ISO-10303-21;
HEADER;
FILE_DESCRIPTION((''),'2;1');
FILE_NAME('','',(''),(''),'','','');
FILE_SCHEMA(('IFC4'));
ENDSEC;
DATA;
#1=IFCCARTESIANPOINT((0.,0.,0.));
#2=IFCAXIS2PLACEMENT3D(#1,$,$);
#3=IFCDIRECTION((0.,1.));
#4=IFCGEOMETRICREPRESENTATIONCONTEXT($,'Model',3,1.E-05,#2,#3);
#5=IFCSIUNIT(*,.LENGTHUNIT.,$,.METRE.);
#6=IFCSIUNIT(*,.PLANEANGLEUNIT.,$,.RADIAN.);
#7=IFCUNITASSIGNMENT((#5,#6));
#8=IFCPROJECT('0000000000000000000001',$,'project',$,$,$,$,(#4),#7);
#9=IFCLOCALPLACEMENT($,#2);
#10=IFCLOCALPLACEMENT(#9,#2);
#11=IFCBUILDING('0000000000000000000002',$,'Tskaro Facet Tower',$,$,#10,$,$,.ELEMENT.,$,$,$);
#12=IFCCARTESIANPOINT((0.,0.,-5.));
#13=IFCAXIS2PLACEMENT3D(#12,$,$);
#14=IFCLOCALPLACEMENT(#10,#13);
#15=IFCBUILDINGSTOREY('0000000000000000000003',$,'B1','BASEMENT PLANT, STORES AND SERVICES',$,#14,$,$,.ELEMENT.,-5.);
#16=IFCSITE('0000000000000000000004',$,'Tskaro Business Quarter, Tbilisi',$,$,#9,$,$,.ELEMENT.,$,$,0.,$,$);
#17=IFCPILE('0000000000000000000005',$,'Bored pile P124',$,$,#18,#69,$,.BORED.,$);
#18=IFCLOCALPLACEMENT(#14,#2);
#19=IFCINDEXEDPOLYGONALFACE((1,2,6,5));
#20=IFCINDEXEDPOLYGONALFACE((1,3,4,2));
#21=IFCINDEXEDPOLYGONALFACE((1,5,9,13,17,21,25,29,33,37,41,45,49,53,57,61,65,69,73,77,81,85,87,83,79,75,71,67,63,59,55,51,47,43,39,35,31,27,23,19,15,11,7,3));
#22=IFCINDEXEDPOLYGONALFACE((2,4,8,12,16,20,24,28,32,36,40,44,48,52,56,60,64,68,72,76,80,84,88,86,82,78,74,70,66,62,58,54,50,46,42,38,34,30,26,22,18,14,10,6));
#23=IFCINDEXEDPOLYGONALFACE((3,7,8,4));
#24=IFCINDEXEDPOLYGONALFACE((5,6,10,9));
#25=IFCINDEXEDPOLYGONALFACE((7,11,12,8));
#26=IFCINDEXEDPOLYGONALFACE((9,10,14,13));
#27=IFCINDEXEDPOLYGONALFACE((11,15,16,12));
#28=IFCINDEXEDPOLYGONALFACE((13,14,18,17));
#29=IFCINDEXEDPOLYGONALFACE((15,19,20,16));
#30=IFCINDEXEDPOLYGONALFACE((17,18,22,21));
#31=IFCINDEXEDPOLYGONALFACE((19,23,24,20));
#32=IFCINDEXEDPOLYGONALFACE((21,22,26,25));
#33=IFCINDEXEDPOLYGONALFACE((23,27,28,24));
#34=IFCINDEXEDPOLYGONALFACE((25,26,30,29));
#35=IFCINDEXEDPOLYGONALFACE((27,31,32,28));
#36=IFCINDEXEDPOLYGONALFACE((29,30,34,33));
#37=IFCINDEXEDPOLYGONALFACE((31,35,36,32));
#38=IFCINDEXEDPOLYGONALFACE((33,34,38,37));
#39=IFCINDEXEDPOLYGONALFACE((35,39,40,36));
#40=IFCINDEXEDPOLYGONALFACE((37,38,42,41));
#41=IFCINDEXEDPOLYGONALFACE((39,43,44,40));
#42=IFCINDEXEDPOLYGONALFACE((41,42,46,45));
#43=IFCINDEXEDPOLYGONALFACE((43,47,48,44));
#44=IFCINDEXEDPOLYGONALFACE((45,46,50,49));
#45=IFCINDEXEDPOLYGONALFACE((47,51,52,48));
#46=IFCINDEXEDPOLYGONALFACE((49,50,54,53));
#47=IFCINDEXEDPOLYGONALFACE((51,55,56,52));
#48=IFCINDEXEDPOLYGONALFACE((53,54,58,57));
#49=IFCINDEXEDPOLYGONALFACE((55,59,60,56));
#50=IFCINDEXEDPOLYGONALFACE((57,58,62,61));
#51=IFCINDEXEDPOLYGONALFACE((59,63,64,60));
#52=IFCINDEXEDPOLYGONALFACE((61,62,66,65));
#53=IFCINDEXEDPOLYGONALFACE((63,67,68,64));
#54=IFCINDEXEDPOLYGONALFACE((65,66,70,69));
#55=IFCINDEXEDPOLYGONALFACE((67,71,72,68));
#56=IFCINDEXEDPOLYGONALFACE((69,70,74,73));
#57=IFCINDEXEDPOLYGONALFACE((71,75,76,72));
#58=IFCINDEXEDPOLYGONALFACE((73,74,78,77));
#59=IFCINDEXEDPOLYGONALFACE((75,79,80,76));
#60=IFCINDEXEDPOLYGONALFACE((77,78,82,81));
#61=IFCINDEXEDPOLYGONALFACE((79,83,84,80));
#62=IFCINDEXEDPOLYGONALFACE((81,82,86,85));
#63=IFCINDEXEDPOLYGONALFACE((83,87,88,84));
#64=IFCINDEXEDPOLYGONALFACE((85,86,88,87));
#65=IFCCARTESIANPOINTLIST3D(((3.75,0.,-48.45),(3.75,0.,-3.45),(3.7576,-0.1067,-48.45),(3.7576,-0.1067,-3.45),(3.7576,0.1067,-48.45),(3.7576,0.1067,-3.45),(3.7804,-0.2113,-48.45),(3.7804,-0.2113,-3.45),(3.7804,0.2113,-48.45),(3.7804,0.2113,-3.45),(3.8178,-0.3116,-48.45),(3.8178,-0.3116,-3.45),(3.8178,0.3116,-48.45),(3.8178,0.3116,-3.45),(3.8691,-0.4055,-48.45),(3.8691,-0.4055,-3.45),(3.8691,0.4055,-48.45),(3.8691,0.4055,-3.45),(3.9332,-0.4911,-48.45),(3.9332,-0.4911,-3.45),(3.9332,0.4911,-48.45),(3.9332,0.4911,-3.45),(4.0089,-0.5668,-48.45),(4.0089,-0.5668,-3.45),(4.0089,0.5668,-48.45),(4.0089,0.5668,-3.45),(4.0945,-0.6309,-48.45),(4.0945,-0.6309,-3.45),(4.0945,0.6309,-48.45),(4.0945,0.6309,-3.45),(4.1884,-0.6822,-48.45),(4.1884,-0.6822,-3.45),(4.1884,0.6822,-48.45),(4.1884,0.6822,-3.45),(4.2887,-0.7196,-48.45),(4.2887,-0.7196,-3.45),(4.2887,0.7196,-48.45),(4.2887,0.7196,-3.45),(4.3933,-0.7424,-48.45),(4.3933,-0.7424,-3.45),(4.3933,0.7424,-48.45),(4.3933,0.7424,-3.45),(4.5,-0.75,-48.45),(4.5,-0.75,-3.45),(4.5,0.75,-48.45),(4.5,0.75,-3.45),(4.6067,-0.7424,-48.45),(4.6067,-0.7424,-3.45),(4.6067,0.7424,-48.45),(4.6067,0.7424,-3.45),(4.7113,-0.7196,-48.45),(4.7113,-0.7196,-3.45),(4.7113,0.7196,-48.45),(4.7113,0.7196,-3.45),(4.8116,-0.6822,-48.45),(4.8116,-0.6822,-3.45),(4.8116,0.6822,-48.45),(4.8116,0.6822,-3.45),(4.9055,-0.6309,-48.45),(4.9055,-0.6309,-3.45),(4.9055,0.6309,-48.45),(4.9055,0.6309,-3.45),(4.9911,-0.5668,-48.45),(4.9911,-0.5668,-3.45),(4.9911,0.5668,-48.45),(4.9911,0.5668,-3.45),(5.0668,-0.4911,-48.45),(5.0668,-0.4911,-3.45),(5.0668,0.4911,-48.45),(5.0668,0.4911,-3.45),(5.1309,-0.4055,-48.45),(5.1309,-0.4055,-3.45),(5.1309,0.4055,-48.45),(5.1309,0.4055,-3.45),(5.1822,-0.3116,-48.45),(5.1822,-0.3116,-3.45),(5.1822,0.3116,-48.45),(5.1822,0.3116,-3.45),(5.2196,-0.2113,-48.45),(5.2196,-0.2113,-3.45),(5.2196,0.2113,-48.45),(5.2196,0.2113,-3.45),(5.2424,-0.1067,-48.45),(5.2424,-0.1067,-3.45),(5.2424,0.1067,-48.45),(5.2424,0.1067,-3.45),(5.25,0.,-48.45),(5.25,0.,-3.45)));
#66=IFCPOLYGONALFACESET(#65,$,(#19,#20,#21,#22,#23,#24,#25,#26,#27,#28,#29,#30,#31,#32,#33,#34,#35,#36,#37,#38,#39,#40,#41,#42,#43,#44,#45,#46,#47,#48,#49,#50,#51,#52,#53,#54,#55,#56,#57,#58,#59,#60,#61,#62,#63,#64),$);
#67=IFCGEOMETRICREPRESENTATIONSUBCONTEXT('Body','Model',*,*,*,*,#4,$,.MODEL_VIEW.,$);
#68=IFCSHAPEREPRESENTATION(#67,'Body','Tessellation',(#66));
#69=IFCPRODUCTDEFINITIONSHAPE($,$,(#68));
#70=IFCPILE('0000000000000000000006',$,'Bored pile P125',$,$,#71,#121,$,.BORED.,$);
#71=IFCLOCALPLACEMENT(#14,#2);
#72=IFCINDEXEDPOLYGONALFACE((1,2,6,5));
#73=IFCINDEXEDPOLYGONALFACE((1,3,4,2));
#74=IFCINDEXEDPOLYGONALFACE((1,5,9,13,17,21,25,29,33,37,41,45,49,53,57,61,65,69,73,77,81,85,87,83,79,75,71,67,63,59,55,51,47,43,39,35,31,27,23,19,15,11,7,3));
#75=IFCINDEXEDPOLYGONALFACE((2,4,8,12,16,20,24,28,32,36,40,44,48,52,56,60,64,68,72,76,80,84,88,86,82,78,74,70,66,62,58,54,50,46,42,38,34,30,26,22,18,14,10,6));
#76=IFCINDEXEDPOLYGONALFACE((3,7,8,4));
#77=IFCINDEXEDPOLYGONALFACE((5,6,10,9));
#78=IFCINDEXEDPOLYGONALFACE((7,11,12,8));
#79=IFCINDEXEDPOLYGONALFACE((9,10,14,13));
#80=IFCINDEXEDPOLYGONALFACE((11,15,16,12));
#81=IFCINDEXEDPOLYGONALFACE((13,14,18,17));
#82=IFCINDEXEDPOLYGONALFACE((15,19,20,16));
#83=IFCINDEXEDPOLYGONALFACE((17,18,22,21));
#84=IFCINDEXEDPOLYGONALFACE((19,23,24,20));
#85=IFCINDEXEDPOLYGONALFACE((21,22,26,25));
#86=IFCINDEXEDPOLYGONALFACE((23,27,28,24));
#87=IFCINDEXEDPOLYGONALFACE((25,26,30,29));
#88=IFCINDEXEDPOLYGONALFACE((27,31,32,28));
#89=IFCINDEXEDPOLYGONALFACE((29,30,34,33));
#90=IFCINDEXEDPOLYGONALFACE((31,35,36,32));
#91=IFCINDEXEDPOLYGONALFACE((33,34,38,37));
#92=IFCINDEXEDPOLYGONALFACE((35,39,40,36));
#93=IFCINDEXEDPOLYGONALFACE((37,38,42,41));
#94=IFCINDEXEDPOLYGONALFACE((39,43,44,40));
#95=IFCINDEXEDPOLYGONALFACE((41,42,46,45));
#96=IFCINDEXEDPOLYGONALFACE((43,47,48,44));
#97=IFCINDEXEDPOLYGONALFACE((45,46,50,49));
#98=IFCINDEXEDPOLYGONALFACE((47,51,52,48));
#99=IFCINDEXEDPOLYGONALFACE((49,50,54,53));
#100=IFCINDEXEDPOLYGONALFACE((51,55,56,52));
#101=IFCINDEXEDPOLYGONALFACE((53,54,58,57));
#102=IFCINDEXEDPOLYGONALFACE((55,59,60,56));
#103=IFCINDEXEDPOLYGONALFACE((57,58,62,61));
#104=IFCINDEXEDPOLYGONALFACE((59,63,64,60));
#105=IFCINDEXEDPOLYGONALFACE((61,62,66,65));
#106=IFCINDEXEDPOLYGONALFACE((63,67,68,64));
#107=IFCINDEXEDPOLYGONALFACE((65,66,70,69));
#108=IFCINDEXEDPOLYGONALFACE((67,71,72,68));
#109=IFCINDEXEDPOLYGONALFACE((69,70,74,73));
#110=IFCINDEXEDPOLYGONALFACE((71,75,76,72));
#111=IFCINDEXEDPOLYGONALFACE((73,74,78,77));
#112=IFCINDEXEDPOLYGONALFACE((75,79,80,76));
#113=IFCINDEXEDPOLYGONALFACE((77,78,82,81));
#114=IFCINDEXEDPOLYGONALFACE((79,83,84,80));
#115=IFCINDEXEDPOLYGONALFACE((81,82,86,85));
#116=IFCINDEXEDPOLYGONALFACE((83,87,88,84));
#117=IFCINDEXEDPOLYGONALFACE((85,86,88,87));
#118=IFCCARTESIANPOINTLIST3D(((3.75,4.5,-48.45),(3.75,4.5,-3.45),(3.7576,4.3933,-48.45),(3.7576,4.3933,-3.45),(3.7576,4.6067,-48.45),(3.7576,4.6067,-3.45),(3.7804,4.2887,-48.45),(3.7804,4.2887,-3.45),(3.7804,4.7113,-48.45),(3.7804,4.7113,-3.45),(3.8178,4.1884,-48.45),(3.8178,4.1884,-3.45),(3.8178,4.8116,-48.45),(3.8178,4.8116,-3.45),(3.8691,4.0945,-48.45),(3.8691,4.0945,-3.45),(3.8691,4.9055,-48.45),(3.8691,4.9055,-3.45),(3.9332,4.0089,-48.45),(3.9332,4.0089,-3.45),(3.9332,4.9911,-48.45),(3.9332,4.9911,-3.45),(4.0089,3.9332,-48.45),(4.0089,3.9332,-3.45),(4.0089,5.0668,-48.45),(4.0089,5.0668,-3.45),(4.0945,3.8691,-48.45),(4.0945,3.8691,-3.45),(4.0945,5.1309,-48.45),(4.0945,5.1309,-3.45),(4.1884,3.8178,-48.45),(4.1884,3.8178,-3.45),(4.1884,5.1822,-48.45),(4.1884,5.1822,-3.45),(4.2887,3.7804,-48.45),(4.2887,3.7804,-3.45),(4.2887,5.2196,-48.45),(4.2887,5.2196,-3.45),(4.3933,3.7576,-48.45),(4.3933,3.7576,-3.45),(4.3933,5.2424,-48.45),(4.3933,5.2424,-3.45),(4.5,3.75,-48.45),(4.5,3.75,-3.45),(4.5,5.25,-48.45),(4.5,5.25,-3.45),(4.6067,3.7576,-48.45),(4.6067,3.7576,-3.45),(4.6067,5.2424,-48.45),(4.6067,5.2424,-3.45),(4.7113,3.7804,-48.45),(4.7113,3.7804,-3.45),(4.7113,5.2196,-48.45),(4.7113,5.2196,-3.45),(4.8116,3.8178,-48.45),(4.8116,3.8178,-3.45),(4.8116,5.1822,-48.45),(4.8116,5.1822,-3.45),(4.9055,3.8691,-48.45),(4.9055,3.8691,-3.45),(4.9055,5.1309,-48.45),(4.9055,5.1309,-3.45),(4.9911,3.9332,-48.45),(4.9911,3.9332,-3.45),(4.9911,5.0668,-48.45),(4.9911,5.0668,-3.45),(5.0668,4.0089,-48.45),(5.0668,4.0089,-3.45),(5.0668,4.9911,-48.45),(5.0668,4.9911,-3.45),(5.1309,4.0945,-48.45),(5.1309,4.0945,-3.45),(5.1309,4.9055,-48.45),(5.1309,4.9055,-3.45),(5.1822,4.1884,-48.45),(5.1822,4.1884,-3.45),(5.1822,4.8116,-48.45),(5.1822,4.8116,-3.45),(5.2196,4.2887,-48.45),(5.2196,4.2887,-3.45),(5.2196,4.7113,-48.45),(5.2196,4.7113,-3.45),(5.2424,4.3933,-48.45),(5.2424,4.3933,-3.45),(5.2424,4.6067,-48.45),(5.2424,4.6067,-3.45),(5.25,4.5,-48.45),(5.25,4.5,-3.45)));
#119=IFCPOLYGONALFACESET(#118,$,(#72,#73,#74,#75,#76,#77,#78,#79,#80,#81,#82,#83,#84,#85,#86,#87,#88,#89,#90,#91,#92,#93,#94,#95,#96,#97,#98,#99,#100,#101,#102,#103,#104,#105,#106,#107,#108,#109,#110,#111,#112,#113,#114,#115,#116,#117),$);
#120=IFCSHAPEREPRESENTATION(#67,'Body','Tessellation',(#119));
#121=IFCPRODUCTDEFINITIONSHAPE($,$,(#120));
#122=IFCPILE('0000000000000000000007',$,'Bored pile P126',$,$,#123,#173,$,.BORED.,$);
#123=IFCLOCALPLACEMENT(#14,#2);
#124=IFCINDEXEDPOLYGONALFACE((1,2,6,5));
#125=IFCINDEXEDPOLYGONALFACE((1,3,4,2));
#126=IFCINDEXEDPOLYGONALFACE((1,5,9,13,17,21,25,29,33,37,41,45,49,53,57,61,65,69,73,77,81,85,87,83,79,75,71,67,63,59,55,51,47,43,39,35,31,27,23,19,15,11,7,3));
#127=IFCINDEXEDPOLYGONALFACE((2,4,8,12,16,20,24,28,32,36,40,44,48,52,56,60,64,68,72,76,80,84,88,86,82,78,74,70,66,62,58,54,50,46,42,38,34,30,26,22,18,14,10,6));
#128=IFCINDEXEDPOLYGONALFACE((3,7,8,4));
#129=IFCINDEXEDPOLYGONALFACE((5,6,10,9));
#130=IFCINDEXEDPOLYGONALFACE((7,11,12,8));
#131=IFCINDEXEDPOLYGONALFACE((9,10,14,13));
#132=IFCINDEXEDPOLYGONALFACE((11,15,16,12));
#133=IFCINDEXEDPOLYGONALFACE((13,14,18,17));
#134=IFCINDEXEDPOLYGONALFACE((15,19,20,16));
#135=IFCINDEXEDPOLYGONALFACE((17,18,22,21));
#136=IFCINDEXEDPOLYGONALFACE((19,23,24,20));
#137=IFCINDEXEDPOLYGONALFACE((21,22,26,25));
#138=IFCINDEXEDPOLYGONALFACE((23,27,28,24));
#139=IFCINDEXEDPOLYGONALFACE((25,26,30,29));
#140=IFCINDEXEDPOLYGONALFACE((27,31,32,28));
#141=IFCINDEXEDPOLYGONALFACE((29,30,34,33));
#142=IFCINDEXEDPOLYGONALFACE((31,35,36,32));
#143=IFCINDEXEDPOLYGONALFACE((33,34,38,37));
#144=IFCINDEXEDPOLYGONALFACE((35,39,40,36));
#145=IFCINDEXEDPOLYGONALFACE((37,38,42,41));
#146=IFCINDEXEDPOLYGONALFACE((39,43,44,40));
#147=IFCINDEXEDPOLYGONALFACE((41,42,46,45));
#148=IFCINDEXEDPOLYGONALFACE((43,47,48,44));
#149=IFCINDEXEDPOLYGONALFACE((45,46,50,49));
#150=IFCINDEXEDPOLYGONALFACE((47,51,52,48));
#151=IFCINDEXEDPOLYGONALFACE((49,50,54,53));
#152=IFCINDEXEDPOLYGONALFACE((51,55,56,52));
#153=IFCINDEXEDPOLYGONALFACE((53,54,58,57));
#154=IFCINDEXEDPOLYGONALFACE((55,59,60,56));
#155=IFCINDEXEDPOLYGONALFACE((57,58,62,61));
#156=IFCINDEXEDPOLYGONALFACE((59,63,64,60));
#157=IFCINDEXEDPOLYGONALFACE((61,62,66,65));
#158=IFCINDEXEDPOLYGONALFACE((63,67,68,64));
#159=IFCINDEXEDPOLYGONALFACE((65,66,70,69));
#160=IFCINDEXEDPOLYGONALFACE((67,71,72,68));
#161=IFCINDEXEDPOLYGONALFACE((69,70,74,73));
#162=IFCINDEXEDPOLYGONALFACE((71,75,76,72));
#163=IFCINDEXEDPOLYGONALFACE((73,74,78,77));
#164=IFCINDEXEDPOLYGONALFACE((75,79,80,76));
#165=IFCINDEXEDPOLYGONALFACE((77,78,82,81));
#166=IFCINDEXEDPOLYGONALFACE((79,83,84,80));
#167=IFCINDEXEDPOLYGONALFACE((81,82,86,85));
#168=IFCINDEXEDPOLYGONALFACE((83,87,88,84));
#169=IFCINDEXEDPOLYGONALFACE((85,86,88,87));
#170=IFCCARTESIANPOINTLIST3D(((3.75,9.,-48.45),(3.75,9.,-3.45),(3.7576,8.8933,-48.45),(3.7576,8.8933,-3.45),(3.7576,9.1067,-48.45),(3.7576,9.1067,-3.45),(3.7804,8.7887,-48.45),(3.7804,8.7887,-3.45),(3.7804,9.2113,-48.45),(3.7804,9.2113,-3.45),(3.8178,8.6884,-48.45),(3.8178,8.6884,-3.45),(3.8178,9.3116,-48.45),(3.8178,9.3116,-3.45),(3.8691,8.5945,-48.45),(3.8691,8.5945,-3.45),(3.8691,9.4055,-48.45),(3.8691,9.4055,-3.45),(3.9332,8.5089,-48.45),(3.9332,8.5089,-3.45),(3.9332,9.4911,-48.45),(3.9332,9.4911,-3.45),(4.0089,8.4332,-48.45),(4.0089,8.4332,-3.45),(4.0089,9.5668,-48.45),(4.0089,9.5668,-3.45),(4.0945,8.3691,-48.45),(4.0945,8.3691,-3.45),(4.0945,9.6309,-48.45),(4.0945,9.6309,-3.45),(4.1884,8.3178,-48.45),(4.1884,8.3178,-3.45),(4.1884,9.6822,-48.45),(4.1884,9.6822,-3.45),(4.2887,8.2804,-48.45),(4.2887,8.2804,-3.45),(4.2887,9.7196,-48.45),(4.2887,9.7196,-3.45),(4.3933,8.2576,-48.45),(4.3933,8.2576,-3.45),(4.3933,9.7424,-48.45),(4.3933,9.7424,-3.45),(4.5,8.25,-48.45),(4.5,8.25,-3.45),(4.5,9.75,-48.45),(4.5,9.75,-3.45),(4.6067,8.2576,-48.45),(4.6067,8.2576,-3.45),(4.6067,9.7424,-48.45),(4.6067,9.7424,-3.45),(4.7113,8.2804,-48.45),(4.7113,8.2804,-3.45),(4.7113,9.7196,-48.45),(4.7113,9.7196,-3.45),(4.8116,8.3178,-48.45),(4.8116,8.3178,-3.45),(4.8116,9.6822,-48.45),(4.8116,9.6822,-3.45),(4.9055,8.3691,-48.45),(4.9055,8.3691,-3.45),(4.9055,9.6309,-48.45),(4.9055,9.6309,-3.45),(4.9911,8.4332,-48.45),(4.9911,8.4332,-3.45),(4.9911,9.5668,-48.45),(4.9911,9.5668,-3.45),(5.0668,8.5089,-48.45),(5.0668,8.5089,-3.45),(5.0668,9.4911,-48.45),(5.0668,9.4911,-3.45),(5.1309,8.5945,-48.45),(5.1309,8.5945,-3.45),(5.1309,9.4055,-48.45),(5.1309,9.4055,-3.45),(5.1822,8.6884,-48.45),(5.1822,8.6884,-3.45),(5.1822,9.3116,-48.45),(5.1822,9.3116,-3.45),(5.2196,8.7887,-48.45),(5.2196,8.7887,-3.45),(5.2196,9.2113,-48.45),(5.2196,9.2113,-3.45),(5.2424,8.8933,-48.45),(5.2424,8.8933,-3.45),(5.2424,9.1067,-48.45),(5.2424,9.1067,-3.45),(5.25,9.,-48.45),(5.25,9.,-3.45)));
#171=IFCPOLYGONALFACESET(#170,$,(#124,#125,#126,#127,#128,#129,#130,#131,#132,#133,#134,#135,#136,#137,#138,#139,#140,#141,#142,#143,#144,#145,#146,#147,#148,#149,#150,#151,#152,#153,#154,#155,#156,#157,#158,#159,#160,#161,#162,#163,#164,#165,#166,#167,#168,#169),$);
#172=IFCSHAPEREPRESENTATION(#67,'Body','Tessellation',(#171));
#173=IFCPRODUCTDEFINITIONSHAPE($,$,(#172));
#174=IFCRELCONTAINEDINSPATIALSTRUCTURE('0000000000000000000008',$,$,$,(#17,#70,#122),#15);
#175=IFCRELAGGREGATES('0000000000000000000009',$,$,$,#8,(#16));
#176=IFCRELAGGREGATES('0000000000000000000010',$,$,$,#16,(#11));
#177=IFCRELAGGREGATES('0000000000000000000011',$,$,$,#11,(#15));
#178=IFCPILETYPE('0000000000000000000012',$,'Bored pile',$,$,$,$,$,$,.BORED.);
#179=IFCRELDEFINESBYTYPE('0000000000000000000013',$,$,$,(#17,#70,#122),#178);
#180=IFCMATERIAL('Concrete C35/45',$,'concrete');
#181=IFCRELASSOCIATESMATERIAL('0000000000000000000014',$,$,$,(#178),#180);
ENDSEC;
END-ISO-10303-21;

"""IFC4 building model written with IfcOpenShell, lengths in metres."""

from ifc_helpers import new_model, si_unit, direction, frame, origin, origin_2d, place, context, subcontext, project, spatial, circle, extrude, material, material_profile, profile_set, type_object, element, save


model = new_model("IFC4")

# Units and contexts
model_context = context("Model", 3, precision=1e-05, world=origin(), true_north=direction((0.0, 1.0)))
body_context = subcontext(model_context, "Body", "Model", "MODEL_VIEW")
ifc_project = project(units=[si_unit("LENGTHUNIT", "METRE"), si_unit("PLANEANGLEUNIT", "RADIAN")], contexts=[model_context])

# Site, building, storey
site_placement = place(None, origin())
site = spatial("IfcSite", under=ifc_project, at=site_placement, Name="Tskaro Business Quarter, Tbilisi", CompositionType="ELEMENT", RefElevation=0.0)
building_placement = place(site_placement, origin())
building = spatial("IfcBuilding", under=site, at=building_placement, Name="Tskaro Facet Tower", CompositionType="ELEMENT")
storey_placement = place(building_placement, frame((0.0, 0.0, -5.0)))
storey = spatial("IfcBuildingStorey", under=building, at=storey_placement, Name="B1", Description="BASEMENT PLANT, STORES AND SERVICES", CompositionType="ELEMENT", Elevation=-5.0)

# Piles
ifc_material_1 = material(Name="Concrete C35/45", Category="concrete")
ifc_material_profile_1 = material_profile(ifc_material_1, circle(Radius=0.75, at=origin_2d()), Name="Bored pile")
ifc_profile_set_1 = profile_set([ifc_material_profile_1], Name="Concrete C35/45")
pile_type = type_object("IfcPileType", Name="Bored pile", PredefinedType="BORED", material=ifc_profile_set_1)
for number, where, z_axis, x_axis, name in (
    (1, (4.5, 0.0, -3.45), (0.0, 0.0, -1.0), (1.0, 0.0, 0.0), "Bored pile P124"),
    (2, (4.5, 4.5, -3.45), (0.0, 0.0, -1.0), (1.0, 0.0, 0.0), "Bored pile P125"),
    (3, (4.5, 9.0, -3.45), (0.0, 0.0, -1.0), (1.0, 0.0, 0.0), "Bored pile P126"),
):
    element("IfcPile", number, at=place(storey_placement, frame(where, z_axis=z_axis, x_axis=x_axis)), inside=storey, type_object=pile_type, Name=name, PredefinedType="BORED", context=body_context, shape_type="SweptSolid", body=[
        extrude(circle(Radius=0.75, at=origin_2d()), origin(), (0.0, 0.0, 1.0), 45.0),
    ])

save(model, "model.ifc")
